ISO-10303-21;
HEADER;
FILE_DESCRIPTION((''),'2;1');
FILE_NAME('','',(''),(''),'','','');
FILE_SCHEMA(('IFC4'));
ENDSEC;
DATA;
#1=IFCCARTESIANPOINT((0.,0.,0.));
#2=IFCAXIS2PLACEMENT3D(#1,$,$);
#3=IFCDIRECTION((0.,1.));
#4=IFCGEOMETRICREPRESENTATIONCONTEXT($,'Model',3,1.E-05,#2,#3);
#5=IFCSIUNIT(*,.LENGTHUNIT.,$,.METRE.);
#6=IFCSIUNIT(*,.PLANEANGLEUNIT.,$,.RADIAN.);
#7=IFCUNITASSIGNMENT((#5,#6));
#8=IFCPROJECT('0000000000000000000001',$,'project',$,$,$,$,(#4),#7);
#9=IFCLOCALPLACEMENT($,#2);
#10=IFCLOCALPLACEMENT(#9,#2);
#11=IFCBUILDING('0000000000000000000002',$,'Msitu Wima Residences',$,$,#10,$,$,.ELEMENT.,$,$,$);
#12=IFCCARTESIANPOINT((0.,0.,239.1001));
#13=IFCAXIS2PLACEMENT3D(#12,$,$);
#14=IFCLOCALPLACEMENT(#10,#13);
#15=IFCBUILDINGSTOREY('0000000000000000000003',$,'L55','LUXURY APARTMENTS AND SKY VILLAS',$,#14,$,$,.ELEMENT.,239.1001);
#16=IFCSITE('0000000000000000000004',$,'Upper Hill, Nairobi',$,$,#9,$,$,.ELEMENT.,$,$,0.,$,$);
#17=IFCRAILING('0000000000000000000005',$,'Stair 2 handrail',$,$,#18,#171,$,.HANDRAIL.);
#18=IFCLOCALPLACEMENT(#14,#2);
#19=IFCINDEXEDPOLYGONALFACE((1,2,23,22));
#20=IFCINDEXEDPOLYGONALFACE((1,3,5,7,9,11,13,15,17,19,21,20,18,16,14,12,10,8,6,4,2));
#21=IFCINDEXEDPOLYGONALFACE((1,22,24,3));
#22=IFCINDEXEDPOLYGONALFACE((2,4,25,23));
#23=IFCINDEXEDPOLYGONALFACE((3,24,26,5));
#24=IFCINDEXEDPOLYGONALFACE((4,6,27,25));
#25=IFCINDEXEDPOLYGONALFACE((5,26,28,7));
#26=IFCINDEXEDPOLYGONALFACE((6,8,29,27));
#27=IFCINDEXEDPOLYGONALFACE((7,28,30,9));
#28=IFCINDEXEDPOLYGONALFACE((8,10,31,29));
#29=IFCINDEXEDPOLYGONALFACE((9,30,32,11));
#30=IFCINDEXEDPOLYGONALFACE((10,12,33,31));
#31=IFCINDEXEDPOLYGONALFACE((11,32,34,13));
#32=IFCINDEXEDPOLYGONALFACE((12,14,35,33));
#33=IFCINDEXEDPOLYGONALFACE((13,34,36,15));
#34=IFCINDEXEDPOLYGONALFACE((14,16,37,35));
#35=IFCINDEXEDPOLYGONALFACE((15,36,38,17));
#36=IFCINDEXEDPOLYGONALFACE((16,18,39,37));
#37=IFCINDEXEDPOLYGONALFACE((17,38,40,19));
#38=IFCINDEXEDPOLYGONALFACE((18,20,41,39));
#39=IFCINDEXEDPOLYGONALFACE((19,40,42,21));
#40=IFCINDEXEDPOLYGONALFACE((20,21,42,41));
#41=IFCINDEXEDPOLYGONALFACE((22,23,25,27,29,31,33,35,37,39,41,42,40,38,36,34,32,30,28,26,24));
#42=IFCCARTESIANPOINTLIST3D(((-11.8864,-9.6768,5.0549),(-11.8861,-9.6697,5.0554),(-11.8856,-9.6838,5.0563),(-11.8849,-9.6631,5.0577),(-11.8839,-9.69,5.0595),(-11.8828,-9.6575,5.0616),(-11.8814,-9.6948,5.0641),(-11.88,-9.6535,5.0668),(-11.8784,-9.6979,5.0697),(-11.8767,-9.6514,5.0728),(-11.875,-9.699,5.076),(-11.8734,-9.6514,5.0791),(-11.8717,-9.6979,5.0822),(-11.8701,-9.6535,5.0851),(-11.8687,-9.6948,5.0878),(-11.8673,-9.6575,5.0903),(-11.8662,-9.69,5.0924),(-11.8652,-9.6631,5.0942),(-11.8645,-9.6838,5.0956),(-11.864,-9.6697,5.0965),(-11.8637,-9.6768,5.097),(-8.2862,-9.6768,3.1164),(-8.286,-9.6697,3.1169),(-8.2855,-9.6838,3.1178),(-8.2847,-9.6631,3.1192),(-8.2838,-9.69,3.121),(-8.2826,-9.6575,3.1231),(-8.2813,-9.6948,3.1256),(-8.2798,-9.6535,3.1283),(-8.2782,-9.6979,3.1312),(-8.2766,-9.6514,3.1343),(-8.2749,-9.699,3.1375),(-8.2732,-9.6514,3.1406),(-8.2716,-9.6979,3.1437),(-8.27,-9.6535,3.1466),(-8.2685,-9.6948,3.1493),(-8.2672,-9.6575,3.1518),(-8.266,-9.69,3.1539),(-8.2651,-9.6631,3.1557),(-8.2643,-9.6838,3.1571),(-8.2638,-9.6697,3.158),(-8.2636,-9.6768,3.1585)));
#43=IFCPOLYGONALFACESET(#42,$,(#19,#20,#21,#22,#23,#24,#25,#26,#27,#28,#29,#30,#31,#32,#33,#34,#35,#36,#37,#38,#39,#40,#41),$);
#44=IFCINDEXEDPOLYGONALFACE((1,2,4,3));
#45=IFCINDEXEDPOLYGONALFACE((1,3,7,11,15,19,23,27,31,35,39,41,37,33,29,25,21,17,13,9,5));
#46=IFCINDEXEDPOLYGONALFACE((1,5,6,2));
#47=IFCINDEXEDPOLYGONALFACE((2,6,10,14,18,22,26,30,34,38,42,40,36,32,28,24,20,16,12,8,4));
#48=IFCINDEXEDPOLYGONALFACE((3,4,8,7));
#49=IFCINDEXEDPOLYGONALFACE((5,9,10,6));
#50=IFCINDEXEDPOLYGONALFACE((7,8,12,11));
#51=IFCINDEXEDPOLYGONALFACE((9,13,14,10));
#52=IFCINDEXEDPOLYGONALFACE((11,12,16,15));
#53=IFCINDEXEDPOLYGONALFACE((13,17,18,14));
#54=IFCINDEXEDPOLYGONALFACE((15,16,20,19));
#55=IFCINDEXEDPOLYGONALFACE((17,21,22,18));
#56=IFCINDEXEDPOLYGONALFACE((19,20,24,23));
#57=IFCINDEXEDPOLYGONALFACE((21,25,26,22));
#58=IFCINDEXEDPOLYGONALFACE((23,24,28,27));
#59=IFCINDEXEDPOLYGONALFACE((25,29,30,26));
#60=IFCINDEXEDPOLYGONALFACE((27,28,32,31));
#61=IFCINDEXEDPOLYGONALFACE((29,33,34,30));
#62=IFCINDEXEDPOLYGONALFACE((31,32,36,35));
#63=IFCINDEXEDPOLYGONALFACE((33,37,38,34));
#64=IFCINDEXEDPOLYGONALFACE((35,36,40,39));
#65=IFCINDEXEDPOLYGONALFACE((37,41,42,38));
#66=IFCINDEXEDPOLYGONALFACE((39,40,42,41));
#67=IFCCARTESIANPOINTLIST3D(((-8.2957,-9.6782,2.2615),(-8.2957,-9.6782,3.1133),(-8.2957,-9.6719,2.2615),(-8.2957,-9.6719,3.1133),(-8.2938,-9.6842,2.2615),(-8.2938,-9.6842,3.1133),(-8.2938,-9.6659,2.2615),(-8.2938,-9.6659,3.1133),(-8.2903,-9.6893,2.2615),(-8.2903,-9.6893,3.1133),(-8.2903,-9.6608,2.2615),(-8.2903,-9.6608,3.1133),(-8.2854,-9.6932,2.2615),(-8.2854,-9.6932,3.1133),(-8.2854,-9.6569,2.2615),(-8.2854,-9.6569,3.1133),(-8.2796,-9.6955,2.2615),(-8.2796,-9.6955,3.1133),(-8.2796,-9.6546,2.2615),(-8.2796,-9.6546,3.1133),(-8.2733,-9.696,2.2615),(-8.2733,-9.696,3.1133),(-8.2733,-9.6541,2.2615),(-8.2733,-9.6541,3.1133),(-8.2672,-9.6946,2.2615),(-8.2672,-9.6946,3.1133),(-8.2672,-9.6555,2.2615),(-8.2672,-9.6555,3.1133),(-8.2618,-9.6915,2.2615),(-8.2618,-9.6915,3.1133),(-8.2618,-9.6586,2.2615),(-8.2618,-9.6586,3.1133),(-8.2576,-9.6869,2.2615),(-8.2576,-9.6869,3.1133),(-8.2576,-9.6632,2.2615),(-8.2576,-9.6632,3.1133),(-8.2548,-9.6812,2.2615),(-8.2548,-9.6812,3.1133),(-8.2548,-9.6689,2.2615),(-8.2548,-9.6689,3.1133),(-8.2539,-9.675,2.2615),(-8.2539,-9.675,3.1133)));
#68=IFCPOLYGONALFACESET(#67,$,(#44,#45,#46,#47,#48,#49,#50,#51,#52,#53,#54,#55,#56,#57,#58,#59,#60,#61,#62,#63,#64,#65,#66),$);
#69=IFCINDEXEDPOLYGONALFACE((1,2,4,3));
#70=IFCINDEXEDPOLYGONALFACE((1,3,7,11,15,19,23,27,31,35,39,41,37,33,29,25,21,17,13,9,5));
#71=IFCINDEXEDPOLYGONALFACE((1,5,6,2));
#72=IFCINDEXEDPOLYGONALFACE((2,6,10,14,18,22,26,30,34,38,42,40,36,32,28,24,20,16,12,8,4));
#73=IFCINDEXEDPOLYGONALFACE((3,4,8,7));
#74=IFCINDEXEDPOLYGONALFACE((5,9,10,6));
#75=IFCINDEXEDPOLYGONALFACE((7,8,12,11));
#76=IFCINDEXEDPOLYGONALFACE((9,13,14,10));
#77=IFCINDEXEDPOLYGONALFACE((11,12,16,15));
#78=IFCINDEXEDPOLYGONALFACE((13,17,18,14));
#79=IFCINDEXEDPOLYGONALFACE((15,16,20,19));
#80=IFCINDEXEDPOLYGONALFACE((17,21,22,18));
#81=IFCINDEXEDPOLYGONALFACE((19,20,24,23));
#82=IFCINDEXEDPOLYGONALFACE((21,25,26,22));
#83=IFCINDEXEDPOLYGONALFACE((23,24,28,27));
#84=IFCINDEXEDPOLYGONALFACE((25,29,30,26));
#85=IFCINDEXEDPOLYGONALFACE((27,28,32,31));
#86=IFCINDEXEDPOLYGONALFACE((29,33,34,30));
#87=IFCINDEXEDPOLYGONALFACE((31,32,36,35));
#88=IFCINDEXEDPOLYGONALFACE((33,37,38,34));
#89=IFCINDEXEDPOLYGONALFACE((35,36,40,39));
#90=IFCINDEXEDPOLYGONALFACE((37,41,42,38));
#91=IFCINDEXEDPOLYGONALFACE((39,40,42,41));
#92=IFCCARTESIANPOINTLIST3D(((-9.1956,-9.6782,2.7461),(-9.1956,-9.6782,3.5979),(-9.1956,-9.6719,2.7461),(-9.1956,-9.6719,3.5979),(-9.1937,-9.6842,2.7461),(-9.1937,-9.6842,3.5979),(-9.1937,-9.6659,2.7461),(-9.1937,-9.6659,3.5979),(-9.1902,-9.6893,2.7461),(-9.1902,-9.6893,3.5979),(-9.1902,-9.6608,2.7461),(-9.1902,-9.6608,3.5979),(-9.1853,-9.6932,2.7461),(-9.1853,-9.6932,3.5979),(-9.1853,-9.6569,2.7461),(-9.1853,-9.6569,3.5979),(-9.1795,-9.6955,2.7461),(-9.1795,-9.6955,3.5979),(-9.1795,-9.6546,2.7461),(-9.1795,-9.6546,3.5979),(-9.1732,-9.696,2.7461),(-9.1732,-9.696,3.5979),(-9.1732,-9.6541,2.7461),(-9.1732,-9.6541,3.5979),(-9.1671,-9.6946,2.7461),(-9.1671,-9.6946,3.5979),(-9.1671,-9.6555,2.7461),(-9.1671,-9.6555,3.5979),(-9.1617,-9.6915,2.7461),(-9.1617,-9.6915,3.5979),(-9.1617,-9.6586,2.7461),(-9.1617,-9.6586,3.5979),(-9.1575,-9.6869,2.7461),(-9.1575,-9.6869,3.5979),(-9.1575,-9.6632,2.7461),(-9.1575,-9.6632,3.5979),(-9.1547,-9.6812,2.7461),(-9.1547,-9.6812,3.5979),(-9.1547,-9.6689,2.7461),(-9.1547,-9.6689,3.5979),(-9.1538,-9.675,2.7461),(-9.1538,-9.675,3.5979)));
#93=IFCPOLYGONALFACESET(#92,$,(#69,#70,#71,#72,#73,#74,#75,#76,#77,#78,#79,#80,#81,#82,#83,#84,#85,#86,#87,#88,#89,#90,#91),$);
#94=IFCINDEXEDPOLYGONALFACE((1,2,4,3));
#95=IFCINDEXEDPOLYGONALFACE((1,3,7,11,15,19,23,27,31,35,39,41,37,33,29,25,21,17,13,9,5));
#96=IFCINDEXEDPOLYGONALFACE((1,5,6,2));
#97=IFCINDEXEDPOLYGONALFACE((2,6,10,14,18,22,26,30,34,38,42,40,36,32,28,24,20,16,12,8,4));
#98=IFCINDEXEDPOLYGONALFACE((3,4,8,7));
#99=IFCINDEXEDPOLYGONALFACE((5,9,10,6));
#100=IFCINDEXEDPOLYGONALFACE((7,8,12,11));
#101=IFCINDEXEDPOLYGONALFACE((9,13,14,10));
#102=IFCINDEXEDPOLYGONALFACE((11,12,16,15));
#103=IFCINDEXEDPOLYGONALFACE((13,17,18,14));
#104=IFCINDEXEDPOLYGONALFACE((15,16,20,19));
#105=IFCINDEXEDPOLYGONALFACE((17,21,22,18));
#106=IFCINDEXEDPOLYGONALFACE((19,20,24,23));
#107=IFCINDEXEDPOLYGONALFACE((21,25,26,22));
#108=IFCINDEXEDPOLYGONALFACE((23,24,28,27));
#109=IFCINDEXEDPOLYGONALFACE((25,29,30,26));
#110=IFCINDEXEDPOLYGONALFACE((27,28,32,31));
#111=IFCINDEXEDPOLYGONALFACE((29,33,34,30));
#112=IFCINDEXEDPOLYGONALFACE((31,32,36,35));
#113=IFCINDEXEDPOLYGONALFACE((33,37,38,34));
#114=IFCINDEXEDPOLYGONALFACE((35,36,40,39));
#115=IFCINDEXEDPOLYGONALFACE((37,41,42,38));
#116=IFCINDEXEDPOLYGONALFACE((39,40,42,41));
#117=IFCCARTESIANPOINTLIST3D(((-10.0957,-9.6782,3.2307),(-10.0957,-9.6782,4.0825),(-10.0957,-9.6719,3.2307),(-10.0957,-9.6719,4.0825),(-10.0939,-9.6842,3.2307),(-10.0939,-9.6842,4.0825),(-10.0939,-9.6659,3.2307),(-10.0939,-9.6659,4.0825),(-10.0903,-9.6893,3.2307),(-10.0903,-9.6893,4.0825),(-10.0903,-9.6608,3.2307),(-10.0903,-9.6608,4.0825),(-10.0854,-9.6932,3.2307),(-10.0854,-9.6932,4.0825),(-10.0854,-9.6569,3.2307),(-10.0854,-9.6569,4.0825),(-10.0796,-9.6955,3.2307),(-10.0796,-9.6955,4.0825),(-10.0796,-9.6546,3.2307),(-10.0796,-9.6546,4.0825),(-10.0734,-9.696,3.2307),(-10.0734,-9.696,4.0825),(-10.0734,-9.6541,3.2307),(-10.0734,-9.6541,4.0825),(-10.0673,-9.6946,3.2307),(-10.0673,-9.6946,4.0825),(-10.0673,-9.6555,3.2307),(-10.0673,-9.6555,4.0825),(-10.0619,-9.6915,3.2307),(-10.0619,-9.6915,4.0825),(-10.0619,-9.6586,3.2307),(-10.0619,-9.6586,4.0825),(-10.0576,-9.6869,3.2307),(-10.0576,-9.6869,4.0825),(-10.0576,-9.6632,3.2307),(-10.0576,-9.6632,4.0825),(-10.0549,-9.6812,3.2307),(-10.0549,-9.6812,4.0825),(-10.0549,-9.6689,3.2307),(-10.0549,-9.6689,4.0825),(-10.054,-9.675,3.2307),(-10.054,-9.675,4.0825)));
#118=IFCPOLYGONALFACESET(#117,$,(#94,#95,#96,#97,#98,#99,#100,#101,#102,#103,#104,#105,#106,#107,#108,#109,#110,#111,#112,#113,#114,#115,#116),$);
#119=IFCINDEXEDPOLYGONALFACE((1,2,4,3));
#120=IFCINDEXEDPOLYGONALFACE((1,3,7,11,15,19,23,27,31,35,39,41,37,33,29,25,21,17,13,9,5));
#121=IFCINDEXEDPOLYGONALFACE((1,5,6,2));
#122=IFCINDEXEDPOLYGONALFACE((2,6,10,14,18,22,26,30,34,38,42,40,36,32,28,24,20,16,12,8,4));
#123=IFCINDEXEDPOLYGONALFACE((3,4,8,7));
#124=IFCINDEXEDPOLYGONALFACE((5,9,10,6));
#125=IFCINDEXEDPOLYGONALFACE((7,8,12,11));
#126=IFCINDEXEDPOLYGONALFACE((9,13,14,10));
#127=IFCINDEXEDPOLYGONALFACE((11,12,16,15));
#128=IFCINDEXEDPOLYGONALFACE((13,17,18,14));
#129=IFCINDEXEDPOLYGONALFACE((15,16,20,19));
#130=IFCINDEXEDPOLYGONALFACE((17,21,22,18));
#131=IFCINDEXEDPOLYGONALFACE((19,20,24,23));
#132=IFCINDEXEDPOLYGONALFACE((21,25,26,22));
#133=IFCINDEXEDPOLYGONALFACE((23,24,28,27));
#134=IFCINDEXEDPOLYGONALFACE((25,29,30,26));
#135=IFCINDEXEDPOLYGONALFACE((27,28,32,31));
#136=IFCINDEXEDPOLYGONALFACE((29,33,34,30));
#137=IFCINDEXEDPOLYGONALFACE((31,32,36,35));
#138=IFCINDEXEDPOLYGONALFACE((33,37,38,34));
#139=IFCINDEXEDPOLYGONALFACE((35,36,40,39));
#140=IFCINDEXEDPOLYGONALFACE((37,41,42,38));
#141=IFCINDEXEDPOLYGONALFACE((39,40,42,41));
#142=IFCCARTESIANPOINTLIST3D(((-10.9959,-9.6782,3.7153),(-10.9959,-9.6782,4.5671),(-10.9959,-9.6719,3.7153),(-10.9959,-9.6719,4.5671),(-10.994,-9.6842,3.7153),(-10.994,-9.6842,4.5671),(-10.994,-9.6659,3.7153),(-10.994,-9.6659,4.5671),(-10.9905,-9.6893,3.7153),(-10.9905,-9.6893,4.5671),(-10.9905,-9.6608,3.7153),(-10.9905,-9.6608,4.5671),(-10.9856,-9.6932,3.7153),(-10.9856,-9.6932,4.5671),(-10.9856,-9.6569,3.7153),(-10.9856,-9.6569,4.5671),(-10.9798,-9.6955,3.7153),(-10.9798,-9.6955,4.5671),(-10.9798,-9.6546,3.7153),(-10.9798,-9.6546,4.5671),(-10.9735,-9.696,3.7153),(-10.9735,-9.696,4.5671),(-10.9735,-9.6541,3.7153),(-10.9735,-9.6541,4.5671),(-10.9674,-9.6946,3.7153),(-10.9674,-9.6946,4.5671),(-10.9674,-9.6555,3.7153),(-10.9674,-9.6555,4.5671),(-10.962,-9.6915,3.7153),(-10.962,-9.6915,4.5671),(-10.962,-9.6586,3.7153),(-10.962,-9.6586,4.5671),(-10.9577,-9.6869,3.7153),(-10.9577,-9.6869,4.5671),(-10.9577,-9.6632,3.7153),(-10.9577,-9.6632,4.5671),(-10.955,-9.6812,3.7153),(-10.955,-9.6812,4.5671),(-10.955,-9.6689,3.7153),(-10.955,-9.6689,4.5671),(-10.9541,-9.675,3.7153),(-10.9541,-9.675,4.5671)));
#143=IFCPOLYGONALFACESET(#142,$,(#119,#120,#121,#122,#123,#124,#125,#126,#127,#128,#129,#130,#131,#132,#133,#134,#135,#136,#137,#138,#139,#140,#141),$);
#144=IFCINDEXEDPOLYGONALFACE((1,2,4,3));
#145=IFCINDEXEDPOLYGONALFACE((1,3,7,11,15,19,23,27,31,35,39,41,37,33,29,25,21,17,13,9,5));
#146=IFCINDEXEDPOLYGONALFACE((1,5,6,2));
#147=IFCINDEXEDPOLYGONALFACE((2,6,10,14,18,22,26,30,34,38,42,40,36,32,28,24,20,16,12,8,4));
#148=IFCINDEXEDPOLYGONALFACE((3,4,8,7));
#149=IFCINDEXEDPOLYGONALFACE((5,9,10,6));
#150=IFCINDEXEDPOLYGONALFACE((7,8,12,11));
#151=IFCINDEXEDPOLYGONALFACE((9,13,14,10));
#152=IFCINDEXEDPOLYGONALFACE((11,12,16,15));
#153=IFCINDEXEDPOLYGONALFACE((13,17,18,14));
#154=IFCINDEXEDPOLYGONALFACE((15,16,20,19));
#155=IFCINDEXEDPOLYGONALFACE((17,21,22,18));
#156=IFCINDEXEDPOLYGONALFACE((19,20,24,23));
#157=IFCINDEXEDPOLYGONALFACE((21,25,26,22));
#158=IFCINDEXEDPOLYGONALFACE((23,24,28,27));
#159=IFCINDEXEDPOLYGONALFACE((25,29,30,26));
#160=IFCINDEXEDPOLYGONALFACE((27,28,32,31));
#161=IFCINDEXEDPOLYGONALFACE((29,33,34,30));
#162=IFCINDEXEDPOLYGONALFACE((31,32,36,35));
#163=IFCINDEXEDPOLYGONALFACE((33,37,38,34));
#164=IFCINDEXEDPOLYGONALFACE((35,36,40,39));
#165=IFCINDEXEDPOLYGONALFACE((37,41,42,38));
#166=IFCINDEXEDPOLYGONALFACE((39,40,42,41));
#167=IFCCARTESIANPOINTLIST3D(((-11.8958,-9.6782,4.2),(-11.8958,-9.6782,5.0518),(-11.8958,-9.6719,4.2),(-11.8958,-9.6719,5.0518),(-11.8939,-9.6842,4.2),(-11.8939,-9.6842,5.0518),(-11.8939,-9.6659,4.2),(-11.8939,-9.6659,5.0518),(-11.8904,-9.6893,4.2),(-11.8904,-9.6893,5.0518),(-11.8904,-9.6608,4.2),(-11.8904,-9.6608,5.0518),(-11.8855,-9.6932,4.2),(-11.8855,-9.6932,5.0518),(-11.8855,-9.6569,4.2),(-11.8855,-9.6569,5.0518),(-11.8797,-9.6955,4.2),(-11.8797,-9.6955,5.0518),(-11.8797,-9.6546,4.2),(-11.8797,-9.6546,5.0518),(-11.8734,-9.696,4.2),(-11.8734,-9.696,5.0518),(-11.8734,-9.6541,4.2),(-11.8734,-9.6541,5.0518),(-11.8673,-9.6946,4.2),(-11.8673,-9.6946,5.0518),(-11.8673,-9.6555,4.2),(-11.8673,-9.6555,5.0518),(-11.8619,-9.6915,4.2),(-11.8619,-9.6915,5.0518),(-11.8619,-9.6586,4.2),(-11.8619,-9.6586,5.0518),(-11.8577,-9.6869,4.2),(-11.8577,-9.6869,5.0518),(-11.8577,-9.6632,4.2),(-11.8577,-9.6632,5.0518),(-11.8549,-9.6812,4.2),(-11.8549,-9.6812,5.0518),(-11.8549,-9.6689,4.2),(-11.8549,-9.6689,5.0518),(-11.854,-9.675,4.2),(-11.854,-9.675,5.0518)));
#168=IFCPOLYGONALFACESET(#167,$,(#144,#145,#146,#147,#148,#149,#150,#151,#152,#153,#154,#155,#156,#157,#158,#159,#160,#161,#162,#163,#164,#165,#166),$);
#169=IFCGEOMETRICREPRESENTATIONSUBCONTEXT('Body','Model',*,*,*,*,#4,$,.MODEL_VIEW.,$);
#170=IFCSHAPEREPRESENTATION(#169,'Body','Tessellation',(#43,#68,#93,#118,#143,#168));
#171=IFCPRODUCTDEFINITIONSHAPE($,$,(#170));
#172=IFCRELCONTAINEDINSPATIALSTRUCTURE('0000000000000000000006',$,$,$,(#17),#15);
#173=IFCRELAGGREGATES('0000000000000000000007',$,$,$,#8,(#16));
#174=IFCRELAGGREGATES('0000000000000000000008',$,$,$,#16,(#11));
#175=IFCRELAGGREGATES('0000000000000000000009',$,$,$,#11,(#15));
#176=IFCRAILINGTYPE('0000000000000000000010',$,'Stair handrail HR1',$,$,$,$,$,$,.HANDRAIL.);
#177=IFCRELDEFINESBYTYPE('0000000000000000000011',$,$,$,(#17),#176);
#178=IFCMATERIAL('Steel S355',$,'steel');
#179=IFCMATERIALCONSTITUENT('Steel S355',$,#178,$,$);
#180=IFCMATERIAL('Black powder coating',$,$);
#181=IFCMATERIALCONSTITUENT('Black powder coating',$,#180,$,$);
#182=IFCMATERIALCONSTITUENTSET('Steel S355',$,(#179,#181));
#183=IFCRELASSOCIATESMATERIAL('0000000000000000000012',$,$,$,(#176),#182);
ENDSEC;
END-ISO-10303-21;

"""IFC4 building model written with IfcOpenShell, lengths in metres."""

from ifc_helpers import new_model, si_unit, direction, frame, origin, origin_2d, place, context, subcontext, project, spatial, circle, extrude, material, constituent, constituent_set, type_object, element, save


model = new_model("IFC4")

# Units and contexts
model_context = context("Model", 3, precision=1e-05, world=origin(), true_north=direction((0.0, 1.0)))
body_context = subcontext(model_context, "Body", "Model", "MODEL_VIEW")
ifc_project = project(units=[si_unit("LENGTHUNIT", "METRE"), si_unit("PLANEANGLEUNIT", "RADIAN")], contexts=[model_context])

# Site, building, storey
site_placement = place(None, origin())
site = spatial("IfcSite", under=ifc_project, at=site_placement, Name="Upper Hill, Nairobi", CompositionType="ELEMENT", RefElevation=0.0)
building_placement = place(site_placement, origin())
building = spatial("IfcBuilding", under=site, at=building_placement, Name="Msitu Wima Residences", CompositionType="ELEMENT")
storey_placement = place(building_placement, frame((0.0, 0.0, 239.1001)))
storey = spatial("IfcBuildingStorey", under=building, at=storey_placement, Name="L55", Description="LUXURY APARTMENTS AND SKY VILLAS", CompositionType="ELEMENT", Elevation=239.1001)

# Railing
ifc_material_1 = material(Name="Steel S355", Category="steel")
ifc_constituent_1 = constituent(ifc_material_1, Name="Steel S355")
ifc_material_2 = material(Name="Black powder coating")
ifc_constituent_2 = constituent(ifc_material_2, Name="Black powder coating")
ifc_constituent_set = constituent_set(constituents=[ifc_constituent_1, ifc_constituent_2], Name="Steel S355")
railing_type = type_object("IfcRailingType", Name="Stair handrail HR1", PredefinedType="HANDRAIL", material=ifc_constituent_set)
railing_placement = place(storey_placement, frame((-8.2749, -9.675, 2.2615)))
element("IfcRailing", 1, at=railing_placement, inside=storey, type_object=railing_type, Name="Stair 2 handrail", PredefinedType="HANDRAIL", context=body_context, shape_type="SweptSolid", body=[
    extrude(circle(Radius=0.0239, at=origin_2d()), frame((0.0, 0.0, 0.876), z_axis=(-0.880475, 0.0, 0.474093), x_axis=(0.0, -1.0, 0.0)), (0.0, 0.0, 1.0), 4.0889),
    extrude(circle(Radius=0.021, at=origin_2d()), origin(), (0.0, 0.0, 1.0), 0.8518),
    extrude(circle(Radius=0.021, at=origin_2d()), frame((-0.8999, 0.0, 0.4846)), (0.0, 0.0, 1.0), 0.8518),
    extrude(circle(Radius=0.021, at=origin_2d()), frame((-1.8, 0.0, 0.9692)), (0.0, 0.0, 1.0), 0.8518),
    extrude(circle(Radius=0.021, at=origin_2d()), frame((-2.7002, 0.0, 1.4539)), (0.0, 0.0, 1.0), 0.8518),
    extrude(circle(Radius=0.021, at=origin_2d()), frame((-3.6001, 0.0, 1.9385)), (0.0, 0.0, 1.0), 0.8518),
])

save(model, "model.ifc")
